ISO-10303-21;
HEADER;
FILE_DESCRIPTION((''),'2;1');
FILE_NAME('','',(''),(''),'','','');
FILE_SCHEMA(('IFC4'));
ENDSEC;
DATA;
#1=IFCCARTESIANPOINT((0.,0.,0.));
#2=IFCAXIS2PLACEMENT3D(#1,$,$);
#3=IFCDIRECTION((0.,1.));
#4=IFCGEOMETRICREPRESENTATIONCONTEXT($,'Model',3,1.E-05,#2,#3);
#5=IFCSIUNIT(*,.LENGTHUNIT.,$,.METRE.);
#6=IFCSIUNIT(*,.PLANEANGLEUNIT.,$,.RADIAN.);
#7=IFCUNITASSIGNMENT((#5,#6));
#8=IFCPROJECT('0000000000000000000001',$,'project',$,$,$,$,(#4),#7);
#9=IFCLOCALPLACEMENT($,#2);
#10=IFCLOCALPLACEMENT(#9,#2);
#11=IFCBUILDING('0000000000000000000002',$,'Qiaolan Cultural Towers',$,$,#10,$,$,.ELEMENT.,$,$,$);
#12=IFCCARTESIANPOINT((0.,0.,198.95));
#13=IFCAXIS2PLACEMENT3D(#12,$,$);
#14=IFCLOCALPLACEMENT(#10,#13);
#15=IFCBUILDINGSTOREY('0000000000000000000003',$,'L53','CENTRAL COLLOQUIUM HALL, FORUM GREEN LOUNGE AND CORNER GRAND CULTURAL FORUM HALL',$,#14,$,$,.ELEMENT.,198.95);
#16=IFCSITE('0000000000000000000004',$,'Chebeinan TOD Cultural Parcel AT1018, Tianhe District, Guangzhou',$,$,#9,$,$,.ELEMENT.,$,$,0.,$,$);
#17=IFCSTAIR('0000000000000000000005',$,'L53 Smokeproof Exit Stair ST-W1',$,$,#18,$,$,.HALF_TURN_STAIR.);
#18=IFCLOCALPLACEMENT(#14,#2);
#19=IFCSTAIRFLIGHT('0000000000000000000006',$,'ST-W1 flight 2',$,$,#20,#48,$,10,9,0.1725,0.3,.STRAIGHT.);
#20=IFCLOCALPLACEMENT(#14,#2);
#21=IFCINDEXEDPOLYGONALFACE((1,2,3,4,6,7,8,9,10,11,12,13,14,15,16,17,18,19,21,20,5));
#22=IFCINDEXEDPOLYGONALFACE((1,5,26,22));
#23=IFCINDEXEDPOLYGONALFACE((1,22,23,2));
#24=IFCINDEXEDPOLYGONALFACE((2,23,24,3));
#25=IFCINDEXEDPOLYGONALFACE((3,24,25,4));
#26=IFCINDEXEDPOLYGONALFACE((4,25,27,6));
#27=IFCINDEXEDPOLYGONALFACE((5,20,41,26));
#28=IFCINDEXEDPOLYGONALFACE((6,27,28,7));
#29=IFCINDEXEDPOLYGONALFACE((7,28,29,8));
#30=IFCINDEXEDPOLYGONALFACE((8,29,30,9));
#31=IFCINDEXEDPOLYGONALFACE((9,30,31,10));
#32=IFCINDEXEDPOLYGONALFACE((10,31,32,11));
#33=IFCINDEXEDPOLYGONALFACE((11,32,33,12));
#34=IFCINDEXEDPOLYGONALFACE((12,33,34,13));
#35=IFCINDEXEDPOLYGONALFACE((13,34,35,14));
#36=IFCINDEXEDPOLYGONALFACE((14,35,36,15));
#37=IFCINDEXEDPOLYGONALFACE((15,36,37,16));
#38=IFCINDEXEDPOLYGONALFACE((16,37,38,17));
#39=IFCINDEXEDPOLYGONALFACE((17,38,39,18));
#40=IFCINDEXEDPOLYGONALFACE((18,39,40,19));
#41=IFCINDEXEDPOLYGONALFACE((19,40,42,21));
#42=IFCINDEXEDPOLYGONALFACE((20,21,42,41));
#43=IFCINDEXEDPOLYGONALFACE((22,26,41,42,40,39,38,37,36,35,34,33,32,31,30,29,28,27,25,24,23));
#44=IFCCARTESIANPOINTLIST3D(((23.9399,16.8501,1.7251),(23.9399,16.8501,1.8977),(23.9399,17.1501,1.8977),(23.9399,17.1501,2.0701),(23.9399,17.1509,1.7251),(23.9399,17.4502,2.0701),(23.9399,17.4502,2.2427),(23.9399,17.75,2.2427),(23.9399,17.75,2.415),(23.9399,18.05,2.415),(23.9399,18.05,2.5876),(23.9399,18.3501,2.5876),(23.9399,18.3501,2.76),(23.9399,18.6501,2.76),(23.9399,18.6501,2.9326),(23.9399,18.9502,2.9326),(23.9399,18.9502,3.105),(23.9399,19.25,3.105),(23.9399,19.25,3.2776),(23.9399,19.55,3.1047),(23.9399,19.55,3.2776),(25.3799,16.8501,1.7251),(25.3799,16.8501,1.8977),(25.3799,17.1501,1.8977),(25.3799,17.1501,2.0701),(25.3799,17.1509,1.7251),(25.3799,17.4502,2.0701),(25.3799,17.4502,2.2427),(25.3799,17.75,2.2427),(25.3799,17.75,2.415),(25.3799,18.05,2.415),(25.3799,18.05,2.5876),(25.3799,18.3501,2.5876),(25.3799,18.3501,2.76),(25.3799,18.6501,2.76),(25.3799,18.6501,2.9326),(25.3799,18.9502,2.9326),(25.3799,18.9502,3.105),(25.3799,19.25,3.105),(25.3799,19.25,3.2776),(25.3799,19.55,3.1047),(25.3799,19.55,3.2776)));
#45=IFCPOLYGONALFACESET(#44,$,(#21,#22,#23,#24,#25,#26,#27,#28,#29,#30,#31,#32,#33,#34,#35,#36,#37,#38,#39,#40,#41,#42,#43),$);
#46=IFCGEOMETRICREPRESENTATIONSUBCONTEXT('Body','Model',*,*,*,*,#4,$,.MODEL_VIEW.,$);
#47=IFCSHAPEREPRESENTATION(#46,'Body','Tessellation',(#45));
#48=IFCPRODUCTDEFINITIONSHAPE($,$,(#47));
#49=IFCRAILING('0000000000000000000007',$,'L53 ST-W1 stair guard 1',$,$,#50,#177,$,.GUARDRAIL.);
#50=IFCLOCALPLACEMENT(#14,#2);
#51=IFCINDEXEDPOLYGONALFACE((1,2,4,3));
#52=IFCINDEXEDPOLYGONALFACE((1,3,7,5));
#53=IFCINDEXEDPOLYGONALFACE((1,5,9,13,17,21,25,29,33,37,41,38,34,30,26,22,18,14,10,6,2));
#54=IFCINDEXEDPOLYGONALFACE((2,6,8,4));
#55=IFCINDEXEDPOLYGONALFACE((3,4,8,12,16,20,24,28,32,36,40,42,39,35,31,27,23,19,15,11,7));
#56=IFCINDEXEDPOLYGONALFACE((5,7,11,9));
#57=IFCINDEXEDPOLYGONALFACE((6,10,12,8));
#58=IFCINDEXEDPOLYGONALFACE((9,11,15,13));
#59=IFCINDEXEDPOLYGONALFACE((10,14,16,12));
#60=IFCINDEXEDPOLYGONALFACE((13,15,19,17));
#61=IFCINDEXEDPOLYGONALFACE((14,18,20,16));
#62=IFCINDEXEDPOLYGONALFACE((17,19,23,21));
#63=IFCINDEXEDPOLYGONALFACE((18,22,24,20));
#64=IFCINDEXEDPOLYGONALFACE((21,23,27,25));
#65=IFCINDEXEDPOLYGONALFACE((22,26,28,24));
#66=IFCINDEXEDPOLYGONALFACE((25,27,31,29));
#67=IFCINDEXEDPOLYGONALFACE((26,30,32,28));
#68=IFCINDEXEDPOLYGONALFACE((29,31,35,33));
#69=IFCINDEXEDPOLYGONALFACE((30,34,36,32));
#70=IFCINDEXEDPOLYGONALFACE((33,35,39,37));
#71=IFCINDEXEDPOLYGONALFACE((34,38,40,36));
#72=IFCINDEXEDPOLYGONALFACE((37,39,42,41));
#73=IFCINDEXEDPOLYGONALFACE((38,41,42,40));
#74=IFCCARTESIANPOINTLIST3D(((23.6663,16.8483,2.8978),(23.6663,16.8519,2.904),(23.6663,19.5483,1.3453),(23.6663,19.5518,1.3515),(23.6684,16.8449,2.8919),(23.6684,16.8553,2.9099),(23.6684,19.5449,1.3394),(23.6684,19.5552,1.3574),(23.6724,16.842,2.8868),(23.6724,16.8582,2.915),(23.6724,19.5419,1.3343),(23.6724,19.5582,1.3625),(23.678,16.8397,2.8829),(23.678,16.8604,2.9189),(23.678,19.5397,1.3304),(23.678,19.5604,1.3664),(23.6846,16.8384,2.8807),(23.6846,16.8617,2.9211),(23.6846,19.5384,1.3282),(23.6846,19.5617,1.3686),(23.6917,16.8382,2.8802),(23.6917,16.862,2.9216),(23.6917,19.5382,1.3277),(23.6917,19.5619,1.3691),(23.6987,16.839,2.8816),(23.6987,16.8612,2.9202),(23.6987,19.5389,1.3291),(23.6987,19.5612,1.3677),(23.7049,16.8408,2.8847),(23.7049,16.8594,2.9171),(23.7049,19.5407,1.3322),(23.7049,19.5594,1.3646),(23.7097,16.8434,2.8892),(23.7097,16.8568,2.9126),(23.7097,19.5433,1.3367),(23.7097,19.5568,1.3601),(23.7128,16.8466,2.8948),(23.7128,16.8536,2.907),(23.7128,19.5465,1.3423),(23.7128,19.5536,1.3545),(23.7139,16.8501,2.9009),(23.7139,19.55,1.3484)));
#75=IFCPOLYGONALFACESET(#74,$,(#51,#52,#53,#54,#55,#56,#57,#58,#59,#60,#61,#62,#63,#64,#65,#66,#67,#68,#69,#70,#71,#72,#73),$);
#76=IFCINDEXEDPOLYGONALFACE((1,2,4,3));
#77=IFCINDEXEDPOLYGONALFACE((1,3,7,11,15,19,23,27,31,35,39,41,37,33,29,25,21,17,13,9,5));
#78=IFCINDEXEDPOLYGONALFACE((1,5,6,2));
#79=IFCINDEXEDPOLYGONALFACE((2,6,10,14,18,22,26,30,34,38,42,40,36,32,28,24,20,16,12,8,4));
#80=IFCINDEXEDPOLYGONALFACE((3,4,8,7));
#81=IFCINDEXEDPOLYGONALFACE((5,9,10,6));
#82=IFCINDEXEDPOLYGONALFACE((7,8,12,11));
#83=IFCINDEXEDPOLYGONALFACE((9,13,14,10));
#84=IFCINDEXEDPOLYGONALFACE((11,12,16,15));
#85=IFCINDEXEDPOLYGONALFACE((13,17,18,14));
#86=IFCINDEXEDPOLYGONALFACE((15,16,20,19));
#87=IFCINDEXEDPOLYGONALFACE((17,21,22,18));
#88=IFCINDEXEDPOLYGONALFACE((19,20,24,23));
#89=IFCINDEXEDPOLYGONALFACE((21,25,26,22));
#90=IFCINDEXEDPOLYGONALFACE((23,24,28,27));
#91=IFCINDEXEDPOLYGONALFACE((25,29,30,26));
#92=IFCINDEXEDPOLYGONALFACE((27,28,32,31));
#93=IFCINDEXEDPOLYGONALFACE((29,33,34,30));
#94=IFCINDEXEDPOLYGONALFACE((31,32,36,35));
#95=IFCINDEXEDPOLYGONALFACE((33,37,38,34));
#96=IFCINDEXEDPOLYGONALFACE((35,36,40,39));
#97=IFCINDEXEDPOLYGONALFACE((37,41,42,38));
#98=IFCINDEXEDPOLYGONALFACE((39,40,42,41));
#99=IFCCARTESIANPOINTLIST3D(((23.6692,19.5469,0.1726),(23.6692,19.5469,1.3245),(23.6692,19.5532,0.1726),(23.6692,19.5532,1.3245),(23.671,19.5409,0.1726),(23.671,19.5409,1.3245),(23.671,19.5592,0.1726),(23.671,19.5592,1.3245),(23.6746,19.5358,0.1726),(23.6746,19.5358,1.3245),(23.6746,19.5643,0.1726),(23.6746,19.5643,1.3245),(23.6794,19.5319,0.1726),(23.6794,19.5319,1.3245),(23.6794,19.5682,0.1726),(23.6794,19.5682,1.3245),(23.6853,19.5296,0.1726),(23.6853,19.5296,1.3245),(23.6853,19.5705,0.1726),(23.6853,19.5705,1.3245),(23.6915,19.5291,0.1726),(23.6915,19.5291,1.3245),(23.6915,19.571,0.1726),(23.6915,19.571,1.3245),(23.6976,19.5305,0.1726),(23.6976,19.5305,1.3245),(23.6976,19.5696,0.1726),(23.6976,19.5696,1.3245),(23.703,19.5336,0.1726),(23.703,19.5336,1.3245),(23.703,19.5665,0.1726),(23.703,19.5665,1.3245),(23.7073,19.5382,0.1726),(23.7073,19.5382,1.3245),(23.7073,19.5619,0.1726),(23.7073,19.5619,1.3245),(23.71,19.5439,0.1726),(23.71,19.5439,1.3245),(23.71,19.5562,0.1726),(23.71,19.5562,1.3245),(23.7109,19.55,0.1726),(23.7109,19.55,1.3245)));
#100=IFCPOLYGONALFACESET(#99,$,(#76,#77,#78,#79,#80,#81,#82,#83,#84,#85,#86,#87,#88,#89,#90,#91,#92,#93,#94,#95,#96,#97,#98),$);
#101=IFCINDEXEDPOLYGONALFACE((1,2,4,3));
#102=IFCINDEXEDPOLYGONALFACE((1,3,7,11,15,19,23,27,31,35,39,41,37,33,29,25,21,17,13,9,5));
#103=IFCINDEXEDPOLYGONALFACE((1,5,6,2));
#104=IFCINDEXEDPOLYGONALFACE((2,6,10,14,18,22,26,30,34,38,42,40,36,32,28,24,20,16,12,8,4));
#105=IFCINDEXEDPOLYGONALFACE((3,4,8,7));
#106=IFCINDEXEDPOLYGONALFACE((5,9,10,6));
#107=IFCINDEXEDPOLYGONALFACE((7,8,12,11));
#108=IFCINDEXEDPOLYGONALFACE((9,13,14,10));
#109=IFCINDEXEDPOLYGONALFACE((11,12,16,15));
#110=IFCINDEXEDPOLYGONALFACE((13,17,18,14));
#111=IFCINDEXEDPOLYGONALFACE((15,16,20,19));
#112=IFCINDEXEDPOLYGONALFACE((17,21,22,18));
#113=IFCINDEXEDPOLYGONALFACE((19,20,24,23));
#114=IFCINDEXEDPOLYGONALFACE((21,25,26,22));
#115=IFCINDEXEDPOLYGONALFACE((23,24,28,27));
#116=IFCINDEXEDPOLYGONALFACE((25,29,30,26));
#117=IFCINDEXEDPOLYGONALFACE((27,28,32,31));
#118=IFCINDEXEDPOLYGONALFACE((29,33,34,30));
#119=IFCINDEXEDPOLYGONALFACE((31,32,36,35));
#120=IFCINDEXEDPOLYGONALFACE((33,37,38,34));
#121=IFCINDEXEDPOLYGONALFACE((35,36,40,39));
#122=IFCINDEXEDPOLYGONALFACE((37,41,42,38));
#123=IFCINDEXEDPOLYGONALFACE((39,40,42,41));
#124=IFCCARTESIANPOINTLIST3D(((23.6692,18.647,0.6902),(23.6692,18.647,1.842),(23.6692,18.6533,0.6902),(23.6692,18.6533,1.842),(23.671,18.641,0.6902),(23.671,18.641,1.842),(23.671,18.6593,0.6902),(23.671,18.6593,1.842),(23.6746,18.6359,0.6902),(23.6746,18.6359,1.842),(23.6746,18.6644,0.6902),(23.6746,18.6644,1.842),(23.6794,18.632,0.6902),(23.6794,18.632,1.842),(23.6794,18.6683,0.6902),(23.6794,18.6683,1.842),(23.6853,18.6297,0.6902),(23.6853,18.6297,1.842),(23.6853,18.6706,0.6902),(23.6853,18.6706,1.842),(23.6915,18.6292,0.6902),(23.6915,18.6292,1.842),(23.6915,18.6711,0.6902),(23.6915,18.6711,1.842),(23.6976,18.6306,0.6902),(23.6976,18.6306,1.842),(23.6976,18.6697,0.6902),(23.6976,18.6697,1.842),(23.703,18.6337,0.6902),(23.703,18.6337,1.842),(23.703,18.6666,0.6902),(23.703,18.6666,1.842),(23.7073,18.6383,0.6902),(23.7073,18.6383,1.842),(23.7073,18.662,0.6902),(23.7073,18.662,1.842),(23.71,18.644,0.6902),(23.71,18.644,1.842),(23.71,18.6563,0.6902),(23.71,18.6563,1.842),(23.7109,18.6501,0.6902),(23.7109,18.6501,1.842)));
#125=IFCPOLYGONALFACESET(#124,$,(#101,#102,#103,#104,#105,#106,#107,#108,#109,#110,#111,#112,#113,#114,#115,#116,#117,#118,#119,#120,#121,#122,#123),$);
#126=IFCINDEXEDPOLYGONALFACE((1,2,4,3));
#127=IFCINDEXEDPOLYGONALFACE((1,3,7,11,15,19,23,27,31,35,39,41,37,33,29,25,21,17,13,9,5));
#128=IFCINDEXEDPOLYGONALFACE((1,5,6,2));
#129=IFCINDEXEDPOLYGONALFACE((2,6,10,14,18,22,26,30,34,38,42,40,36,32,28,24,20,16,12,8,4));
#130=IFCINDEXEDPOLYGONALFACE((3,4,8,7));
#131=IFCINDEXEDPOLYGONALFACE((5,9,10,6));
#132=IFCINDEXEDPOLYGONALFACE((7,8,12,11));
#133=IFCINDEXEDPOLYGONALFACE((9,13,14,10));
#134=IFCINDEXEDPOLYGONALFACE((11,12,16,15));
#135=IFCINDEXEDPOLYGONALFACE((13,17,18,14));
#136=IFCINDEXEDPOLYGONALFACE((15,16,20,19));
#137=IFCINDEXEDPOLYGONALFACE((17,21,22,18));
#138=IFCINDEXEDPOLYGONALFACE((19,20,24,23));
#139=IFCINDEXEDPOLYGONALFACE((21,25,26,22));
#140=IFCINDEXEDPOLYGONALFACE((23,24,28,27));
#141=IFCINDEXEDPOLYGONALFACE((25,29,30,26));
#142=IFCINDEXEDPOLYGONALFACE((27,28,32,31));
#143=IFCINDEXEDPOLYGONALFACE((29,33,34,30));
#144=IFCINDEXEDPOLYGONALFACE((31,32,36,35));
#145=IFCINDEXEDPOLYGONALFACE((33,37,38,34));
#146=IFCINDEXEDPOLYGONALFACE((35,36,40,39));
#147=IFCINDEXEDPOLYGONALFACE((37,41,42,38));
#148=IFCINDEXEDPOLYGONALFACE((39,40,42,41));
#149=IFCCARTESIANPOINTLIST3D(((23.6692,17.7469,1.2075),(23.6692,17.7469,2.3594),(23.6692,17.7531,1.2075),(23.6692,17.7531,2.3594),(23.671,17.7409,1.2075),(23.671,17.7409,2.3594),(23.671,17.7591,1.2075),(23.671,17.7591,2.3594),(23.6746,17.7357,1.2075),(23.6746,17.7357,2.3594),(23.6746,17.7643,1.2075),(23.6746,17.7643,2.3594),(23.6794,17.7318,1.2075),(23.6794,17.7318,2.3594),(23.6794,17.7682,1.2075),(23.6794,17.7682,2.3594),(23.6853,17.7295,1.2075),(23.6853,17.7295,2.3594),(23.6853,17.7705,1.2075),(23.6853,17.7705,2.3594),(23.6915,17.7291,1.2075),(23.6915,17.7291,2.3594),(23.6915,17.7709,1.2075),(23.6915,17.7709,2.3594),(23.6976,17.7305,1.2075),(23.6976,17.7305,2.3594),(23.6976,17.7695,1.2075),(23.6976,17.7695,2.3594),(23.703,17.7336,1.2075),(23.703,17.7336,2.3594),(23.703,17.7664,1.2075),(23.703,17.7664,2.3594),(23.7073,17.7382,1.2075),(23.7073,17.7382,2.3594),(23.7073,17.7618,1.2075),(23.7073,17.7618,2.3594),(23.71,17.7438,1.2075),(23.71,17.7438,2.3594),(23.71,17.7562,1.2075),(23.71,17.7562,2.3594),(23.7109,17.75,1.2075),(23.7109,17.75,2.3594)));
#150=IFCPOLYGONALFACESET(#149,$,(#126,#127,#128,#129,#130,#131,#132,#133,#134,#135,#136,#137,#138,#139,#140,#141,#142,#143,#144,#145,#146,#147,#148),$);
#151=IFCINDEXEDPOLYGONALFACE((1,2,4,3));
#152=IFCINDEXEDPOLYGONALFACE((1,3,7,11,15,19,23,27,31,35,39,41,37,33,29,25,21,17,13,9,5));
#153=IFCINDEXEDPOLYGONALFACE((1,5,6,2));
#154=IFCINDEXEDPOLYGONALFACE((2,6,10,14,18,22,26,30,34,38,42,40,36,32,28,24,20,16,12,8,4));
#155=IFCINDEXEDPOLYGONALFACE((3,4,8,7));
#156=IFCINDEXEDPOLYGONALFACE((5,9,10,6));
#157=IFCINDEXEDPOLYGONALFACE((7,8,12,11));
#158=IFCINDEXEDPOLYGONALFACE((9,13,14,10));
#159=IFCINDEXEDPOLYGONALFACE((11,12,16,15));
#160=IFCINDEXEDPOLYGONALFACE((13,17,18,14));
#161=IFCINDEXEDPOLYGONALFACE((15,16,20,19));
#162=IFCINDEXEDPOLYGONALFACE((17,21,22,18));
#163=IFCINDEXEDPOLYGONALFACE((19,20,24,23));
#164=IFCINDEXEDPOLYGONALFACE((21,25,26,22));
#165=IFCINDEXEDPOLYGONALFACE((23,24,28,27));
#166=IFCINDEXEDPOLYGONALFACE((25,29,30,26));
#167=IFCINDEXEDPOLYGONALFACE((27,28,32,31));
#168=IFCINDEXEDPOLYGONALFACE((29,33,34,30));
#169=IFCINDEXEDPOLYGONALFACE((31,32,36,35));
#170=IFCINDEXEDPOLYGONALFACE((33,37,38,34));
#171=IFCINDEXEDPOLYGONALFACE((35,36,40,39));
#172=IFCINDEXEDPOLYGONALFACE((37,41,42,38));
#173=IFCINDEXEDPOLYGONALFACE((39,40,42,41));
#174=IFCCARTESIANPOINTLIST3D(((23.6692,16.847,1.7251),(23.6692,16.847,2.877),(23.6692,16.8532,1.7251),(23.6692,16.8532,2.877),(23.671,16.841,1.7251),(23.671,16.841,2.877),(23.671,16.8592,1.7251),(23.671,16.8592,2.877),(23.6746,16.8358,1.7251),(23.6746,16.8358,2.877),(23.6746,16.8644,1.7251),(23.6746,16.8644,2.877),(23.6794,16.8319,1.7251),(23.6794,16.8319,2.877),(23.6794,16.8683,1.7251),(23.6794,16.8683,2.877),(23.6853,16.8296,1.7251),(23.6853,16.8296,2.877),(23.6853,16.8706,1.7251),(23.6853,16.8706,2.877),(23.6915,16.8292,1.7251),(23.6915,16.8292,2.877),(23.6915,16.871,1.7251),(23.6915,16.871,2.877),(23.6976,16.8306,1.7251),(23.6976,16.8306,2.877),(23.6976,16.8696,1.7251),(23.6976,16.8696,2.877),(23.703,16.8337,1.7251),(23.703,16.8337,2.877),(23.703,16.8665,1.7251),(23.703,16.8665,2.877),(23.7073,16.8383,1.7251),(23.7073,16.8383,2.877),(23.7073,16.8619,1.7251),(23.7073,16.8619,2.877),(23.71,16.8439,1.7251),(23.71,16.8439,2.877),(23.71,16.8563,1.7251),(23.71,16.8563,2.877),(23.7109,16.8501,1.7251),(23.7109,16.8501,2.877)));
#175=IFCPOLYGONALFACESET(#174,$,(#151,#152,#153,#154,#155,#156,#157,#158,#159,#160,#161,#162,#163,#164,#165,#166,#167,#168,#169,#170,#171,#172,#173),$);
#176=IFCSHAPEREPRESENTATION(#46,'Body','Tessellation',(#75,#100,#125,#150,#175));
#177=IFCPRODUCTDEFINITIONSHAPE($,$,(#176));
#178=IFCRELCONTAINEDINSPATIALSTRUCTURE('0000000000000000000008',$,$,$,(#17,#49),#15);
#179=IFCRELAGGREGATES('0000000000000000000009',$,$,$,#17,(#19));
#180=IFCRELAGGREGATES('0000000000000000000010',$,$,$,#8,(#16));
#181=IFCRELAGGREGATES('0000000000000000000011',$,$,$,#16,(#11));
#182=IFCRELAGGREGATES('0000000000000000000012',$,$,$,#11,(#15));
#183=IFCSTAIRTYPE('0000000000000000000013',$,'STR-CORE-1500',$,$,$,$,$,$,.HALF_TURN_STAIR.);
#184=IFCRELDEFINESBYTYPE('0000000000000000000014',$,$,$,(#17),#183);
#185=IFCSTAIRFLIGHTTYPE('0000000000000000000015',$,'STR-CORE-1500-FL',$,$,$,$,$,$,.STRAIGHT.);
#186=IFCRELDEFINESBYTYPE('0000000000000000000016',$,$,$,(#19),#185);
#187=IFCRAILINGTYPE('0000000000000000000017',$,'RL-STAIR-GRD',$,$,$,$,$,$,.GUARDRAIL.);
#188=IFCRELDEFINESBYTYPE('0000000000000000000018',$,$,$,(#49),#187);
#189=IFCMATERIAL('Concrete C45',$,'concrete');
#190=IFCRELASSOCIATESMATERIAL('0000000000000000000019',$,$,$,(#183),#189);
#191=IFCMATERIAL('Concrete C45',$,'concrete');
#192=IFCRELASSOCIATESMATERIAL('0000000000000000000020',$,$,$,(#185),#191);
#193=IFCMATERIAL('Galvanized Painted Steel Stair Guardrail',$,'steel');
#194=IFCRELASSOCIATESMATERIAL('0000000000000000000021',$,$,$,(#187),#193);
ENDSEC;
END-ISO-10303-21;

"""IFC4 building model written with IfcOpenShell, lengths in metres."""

from ifc_helpers import new_model, si_unit, direction, frame, origin, origin_2d, place, context, subcontext, project, spatial, polyline, circle, outline, extrude, material, type_object, element, aggregate, save


model = new_model("IFC4")

# Units and contexts
model_context = context("Model", 3, precision=1e-05, world=origin(), true_north=direction((0.0, 1.0)))
body_context = subcontext(model_context, "Body", "Model", "MODEL_VIEW")
ifc_project = project(units=[si_unit("LENGTHUNIT", "METRE"), si_unit("PLANEANGLEUNIT", "RADIAN")], contexts=[model_context])

# Site, building, storey
site_placement = place(None, origin())
site = spatial("IfcSite", under=ifc_project, at=site_placement, Name="Chebeinan TOD Cultural Parcel AT1018, Tianhe District, Guangzhou", CompositionType="ELEMENT", RefElevation=0.0)
building_placement = place(site_placement, origin())
building = spatial("IfcBuilding", under=site, at=building_placement, Name="Qiaolan Cultural Towers", CompositionType="ELEMENT")
storey_placement = place(building_placement, frame((0.0, 0.0, 198.95)))
storey = spatial("IfcBuildingStorey", under=building, at=storey_placement, Name="L53", Description="CENTRAL COLLOQUIUM HALL, FORUM GREEN LOUNGE AND CORNER GRAND CULTURAL FORUM HALL", CompositionType="ELEMENT", Elevation=198.95)

# Stair, stair flight
ifc_material_1 = material(Name="Concrete C45", Category="concrete")
stair_type = type_object("IfcStairType", Name="STR-CORE-1500", PredefinedType="HALF_TURN_STAIR", material=ifc_material_1)
stair_placement = place(storey_placement, origin())
stair = element("IfcStair", 1, at=stair_placement, inside=storey, type_object=stair_type, Name="L53 Smokeproof Exit Stair ST-W1", PredefinedType="HALF_TURN_STAIR")
ifc_material_2 = material(Name="Concrete C45", Category="concrete")
stair_flight_type = type_object("IfcStairFlightType", Name="STR-CORE-1500-FL", PredefinedType="STRAIGHT", material=ifc_material_2)
stair_flight_1_placement = place(storey_placement, frame((24.6599, 16.8501, 1.7251), z_axis=(0.0, 0.0, 1.0), x_axis=(0.0, 1.0, 0.0)))
stair_flight_1 = element("IfcStairFlight", 2, at=stair_flight_1_placement, type_object=stair_flight_type, Name="ST-W1 flight 2", NumberOfRisers=10, NumberOfTreads=9, PredefinedType="STRAIGHT", RiserHeight=0.1725, TreadLength=0.3, context=body_context, shape_type="SweptSolid", body=[
    extrude(outline(polyline([(0.0, 0.0), (0.0, 0.1726), (0.3, 0.1726), (0.3, 0.345), (0.6001, 0.345), (0.6001, 0.5176), (0.8999, 0.5176), (0.8999, 0.6899), (1.2, 0.6899), (1.2, 0.8625), (1.5, 0.8625), (1.5, 1.0349), (1.8, 1.0349), (1.8, 1.2075), (2.1001, 1.2075), (2.1001, 1.3799), (2.3999, 1.3799), (2.3999, 1.5525), (2.7, 1.5525), (2.7, 1.7251), (2.7, 1.3796), (0.3008, 0.0), (0.0, 0.0)])), frame((0.0, 0.72, 0.0), z_axis=(0.0, -1.0, 0.0), x_axis=(1.0, 0.0, 0.0)), (0.0, 0.0, 1.0), 1.4399),
])
aggregate(stair, [stair_flight_1])

# Railing
ifc_material_3 = material(Name="Galvanized Painted Steel Stair Guardrail", Category="steel")
railing_type_1 = type_object("IfcRailingType", Name="RL-STAIR-GRD", PredefinedType="GUARDRAIL", material=ifc_material_3)
railing_1_placement = place(storey_placement, frame((23.6899, 19.55, 0.1726)))
element("IfcRailing", 3, at=railing_1_placement, inside=storey, type_object=railing_type_1, Name="L53 ST-W1 stair guard 1", PredefinedType="GUARDRAIL", context=body_context, shape_type="SweptSolid", body=[
    extrude(circle(Radius=0.0239, at=origin_2d()), frame((0.0, 0.0, 1.1758), z_axis=(0.0, -0.866904, 0.498476), x_axis=(1.0, 0.0, 0.0)), (0.0, 0.0, 1.0), 3.1145),
    extrude(circle(Radius=0.021, at=origin_2d()), origin(), (0.0, 0.0, 1.0), 1.1519),
    extrude(circle(Radius=0.021, at=origin_2d()), frame((0.0, -0.8999, 0.5176)), (0.0, 0.0, 1.0), 1.1519),
    extrude(circle(Radius=0.021, at=origin_2d()), frame((0.0, -1.8, 1.0349)), (0.0, 0.0, 1.0), 1.1519),
    extrude(circle(Radius=0.021, at=origin_2d()), frame((0.0, -2.7, 1.5525)), (0.0, 0.0, 1.0), 1.1519),
])

save(model, "model.ifc")
